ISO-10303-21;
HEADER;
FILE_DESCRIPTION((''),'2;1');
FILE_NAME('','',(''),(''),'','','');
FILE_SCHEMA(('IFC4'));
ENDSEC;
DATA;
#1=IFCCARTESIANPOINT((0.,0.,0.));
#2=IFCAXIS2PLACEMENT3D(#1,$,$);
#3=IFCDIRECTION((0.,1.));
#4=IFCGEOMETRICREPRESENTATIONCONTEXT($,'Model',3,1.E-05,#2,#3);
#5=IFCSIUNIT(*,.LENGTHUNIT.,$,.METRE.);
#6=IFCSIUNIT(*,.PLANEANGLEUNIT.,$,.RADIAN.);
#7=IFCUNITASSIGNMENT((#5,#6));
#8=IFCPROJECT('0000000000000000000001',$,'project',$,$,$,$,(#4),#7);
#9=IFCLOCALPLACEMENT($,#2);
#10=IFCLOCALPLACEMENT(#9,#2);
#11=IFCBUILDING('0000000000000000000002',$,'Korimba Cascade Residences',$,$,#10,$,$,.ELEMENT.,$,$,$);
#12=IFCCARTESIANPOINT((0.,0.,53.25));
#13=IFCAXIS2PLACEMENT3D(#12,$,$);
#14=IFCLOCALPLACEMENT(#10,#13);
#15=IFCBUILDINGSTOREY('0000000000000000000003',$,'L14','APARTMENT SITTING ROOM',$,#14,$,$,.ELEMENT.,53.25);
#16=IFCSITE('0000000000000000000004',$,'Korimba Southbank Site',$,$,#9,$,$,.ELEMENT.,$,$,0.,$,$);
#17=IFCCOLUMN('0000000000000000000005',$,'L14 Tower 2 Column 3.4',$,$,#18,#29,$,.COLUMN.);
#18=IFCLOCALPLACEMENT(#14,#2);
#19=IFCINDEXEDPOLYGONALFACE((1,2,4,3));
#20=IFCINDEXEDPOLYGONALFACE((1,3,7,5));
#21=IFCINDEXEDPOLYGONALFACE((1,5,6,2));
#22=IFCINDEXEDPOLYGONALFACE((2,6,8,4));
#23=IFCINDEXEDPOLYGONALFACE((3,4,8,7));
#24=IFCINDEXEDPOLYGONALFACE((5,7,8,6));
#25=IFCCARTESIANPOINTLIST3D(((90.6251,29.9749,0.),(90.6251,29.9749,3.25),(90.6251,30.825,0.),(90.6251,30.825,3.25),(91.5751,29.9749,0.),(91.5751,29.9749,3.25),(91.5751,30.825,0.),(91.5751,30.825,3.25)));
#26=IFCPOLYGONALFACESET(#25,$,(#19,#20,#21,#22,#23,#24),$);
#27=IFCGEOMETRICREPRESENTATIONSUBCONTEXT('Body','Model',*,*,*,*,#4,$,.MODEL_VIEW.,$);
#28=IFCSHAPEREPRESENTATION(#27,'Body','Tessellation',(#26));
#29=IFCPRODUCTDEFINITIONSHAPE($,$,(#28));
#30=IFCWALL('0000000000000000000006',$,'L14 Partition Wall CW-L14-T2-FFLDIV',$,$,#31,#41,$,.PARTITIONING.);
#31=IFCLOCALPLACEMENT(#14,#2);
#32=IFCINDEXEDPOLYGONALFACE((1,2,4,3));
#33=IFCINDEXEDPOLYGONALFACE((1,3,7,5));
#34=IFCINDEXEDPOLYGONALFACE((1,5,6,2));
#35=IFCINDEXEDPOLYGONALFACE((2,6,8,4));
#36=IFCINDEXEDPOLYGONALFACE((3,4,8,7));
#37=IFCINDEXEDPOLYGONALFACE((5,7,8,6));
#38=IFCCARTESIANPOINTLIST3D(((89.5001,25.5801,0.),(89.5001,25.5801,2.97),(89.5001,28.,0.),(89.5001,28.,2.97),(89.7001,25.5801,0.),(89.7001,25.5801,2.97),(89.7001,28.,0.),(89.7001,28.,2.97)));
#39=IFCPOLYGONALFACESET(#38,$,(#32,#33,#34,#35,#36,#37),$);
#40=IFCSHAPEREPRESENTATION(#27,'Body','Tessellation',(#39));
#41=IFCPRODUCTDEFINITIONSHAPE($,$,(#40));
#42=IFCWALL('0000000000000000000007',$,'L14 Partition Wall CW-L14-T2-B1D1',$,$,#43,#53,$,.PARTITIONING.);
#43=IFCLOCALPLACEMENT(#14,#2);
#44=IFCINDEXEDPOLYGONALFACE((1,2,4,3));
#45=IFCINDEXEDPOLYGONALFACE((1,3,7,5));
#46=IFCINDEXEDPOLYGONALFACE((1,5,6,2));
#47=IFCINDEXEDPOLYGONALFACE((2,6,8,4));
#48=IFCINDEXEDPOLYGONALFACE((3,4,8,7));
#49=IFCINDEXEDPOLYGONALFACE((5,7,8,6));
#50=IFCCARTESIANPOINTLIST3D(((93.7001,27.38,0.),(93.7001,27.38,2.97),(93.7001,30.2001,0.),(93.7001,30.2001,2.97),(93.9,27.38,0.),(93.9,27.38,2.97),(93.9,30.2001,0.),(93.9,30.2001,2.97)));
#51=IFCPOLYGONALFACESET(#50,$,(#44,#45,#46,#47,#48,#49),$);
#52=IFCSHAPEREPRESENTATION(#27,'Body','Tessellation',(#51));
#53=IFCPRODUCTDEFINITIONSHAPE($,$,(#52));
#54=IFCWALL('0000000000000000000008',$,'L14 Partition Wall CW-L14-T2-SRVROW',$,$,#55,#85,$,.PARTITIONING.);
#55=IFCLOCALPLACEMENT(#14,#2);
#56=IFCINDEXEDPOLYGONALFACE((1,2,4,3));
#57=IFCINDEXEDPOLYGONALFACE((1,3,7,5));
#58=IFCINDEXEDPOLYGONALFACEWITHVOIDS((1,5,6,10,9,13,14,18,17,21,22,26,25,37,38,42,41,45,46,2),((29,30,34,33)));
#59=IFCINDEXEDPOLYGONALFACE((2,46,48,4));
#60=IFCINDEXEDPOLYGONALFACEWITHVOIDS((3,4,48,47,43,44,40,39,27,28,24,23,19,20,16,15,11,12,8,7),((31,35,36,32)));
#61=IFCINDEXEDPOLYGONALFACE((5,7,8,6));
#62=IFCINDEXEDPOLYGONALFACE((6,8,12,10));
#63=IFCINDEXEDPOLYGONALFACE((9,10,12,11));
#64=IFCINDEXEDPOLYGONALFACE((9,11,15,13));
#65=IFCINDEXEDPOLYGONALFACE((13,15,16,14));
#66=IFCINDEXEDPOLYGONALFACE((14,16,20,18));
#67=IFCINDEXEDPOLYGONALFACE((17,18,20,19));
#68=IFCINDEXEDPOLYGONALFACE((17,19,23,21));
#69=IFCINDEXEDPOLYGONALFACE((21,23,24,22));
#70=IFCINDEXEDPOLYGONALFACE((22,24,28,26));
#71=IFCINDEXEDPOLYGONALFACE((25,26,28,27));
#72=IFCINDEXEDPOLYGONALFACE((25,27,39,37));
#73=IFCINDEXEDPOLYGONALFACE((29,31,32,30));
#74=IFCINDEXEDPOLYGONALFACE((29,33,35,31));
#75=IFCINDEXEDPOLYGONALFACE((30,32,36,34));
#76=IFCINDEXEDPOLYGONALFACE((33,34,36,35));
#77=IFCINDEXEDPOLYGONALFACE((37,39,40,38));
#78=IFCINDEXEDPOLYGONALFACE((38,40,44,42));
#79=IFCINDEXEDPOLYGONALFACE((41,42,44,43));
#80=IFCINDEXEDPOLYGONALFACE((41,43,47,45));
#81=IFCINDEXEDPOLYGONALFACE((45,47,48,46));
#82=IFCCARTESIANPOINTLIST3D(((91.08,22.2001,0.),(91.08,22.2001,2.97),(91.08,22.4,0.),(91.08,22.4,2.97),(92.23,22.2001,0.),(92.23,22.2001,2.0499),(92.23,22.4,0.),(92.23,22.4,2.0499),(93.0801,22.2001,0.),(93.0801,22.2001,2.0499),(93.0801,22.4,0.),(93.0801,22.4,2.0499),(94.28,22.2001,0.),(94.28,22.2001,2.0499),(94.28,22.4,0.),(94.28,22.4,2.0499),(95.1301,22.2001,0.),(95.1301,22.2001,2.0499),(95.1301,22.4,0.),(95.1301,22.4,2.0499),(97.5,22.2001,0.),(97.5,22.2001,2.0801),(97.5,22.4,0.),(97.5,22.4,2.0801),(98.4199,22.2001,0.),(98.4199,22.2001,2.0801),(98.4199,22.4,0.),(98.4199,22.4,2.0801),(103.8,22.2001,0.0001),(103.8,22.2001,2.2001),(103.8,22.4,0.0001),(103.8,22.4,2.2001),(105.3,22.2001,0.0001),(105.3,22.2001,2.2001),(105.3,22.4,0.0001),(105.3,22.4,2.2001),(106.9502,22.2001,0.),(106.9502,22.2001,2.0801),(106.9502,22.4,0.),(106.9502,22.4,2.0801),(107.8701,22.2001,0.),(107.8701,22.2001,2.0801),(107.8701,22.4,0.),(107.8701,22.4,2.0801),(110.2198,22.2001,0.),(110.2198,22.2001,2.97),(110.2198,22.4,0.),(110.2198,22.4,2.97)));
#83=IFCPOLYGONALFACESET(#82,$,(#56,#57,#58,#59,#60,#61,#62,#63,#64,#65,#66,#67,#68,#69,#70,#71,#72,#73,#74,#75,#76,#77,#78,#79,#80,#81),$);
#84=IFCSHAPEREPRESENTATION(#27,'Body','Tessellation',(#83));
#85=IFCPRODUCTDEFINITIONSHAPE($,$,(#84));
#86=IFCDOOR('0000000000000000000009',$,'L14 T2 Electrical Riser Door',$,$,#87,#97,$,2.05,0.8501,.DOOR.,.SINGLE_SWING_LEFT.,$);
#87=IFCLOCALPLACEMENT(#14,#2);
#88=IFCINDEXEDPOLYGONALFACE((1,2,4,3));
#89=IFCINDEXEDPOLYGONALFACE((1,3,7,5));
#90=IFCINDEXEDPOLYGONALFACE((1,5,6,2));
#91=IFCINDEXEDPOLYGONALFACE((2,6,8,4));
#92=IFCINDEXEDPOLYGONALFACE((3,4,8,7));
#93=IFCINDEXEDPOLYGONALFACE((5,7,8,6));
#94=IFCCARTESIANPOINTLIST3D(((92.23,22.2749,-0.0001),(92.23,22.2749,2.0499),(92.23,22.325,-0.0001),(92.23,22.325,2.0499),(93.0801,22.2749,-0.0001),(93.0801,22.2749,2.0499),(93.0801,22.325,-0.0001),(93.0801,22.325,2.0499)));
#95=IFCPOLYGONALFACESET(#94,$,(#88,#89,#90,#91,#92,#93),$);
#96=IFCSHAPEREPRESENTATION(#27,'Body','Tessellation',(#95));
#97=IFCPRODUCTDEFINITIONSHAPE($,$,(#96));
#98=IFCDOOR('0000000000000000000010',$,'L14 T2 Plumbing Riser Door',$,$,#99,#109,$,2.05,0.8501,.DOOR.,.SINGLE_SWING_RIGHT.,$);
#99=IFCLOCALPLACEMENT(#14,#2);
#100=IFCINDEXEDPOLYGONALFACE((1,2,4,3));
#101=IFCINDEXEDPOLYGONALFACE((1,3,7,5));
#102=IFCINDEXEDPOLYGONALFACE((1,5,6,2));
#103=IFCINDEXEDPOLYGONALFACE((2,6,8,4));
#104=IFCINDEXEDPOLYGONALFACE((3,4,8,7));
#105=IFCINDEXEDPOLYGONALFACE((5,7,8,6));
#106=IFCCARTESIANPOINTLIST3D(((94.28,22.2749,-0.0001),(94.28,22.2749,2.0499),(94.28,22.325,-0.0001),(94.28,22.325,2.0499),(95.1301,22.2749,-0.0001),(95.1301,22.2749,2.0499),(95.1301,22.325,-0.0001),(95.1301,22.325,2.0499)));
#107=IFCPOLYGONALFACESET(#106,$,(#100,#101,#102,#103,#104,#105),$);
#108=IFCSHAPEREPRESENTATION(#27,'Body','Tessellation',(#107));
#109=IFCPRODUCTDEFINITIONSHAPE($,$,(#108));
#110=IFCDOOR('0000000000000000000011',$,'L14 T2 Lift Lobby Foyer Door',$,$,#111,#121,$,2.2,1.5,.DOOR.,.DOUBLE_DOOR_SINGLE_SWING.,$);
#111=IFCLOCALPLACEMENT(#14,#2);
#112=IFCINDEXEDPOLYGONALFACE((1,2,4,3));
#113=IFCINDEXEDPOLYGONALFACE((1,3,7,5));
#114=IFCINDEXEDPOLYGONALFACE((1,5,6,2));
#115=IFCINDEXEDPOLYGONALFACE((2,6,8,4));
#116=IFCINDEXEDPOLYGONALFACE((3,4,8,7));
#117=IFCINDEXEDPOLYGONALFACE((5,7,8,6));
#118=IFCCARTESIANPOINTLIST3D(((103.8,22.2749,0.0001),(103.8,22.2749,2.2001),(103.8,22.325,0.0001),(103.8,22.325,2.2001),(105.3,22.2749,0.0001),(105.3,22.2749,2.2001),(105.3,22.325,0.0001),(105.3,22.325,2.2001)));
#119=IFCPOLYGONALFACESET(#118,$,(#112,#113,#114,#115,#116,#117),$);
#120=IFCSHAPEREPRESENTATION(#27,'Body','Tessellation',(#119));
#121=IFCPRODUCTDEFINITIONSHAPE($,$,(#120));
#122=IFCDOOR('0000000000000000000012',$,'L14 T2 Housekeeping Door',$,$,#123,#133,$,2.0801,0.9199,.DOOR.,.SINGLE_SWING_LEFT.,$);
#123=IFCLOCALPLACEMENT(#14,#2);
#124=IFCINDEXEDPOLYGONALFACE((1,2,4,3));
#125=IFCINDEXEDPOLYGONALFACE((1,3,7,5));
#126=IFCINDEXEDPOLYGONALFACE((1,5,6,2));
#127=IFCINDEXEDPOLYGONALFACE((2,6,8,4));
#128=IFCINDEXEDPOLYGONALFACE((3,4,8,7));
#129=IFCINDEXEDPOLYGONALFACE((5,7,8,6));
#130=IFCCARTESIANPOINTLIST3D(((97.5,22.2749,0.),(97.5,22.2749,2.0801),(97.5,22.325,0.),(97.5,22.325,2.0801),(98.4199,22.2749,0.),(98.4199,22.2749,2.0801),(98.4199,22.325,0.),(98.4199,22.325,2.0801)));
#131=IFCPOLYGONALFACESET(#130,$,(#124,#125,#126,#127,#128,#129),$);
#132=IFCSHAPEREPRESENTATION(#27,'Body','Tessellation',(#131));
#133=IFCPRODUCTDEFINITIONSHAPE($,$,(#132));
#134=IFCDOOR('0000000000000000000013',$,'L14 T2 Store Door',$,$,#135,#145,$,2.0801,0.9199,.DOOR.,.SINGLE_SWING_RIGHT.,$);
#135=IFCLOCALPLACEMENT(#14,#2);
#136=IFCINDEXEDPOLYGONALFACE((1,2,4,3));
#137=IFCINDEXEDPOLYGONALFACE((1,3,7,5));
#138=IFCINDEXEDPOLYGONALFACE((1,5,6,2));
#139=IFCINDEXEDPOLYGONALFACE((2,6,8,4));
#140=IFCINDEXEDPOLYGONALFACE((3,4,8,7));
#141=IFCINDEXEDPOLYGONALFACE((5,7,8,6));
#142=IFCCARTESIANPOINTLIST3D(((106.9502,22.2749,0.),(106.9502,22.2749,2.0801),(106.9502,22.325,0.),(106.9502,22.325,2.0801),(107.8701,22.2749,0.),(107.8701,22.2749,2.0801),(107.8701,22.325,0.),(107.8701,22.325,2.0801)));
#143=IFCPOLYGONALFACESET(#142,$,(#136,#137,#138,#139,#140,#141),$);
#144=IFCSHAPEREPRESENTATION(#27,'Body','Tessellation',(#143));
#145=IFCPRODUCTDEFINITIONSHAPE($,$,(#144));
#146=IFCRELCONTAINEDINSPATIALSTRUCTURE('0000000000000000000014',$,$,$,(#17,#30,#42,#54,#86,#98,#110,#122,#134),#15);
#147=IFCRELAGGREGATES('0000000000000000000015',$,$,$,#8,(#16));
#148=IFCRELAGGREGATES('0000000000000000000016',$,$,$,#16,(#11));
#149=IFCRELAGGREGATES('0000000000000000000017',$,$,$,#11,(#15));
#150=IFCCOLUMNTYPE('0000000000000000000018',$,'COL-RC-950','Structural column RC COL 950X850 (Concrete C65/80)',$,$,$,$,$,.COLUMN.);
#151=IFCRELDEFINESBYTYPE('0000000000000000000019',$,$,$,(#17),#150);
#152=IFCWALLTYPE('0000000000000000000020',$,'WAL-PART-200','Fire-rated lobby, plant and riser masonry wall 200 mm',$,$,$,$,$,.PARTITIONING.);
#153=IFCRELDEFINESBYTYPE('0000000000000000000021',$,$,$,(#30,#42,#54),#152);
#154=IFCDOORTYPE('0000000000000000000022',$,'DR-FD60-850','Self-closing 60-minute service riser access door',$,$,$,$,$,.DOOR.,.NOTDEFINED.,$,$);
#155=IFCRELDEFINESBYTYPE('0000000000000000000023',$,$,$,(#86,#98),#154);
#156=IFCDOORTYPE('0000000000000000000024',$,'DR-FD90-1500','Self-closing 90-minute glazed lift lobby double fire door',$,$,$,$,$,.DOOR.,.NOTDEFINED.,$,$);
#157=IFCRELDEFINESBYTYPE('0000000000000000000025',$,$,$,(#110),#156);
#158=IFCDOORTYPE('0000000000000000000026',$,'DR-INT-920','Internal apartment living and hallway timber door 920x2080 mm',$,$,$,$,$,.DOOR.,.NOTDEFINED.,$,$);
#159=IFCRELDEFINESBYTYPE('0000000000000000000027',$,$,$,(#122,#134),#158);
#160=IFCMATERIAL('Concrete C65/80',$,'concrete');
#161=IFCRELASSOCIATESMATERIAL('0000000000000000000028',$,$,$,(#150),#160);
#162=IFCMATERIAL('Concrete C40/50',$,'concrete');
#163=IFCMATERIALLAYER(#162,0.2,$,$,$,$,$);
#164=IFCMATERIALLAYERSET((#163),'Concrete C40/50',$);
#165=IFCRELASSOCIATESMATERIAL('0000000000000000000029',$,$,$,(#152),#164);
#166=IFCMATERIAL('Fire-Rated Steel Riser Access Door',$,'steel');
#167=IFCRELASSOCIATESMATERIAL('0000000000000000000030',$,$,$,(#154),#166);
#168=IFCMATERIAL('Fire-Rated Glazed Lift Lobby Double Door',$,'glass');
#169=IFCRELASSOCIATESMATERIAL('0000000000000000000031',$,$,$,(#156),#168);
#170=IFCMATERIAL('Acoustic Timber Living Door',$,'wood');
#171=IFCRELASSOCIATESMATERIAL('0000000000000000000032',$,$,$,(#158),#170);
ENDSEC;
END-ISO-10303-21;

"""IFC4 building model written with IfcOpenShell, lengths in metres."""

from ifc_helpers import new_model, si_unit, direction, frame, frame_2d, origin, origin_2d, place, context, subcontext, project, spatial, rectangle, extrude, material, layer, layer_set, material_profile, profile_set, type_object, element, fill, save


model = new_model("IFC4")

# Units and contexts
model_context = context("Model", 3, precision=1e-05, world=origin(), true_north=direction((0.0, 1.0)))
body_context = subcontext(model_context, "Body", "Model", "MODEL_VIEW")
ifc_project = project(units=[si_unit("LENGTHUNIT", "METRE"), si_unit("PLANEANGLEUNIT", "RADIAN")], contexts=[model_context])

# Site, building, storey
site_placement = place(None, origin())
site = spatial("IfcSite", under=ifc_project, at=site_placement, Name="Korimba Southbank Site", CompositionType="ELEMENT", RefElevation=0.0)
building_placement = place(site_placement, origin())
building = spatial("IfcBuilding", under=site, at=building_placement, Name="Korimba Cascade Residences", CompositionType="ELEMENT")
storey_placement = place(building_placement, frame((0.0, 0.0, 53.25)))
storey = spatial("IfcBuildingStorey", under=building, at=storey_placement, Name="L14", Description="APARTMENT SITTING ROOM", CompositionType="ELEMENT", Elevation=53.25)

# Column
ifc_material_1 = material(Name="Concrete C65/80", Category="concrete")
ifc_material_profile = material_profile(ifc_material_1, rectangle(XDim=0.95, YDim=0.8501, at=origin_2d()), Name="Concrete C65/80")
ifc_profile_set = profile_set([ifc_material_profile], Name="Concrete C65/80")
column_type = type_object("IfcColumnType", Name="COL-RC-950", Description="Structural column RC COL 950X850 (Concrete C65/80)", PredefinedType="COLUMN", material=ifc_profile_set)
column_placement = place(storey_placement, frame((91.1001, 30.3999, 0.0), z_axis=(0.0, 0.0, 1.0), x_axis=(1.0, 0.0, 0.0)))
element("IfcColumn", 1, at=column_placement, inside=storey, type_object=column_type, Name="L14 Tower 2 Column 3.4", PredefinedType="COLUMN", context=body_context, shape_type="SweptSolid", body=[
    extrude(rectangle(XDim=0.95, YDim=0.8501, at=origin_2d()), origin(), (0.0, 0.0, 1.0), 3.25),
])

# Walls
ifc_material_2 = material(Name="Concrete C40/50", Category="concrete")
ifc_layer_1 = layer(ifc_material_2, 0.2)
ifc_layer_set_1 = layer_set([ifc_layer_1], Name="Concrete C40/50")
wall_type_1 = type_object("IfcWallType", Name="WAL-PART-200", Description="Fire-rated lobby, plant and riser masonry wall 200 mm", PredefinedType="PARTITIONING", material=ifc_layer_set_1)
wall_1_placement = place(storey_placement, frame((89.6001, 25.5801, 0.0), z_axis=(0.0, 0.0, 1.0), x_axis=(0.0, 1.0, 0.0)))
element("IfcWall", 2, at=wall_1_placement, inside=storey, type_object=wall_type_1, Name="L14 Partition Wall CW-L14-T2-FFLDIV", PredefinedType="PARTITIONING", context=body_context, shape_type="SweptSolid", body=[
    extrude(rectangle(XDim=2.4199, YDim=0.2, at=frame_2d((1.21, 0.0))), origin(), (0.0, 0.0, 1.0), 2.97),
])
wall_2_placement = place(storey_placement, frame((93.8, 27.3799, 0.0), z_axis=(0.0, 0.0, 1.0), x_axis=(0.0, 1.0, 0.0)))
element("IfcWall", 3, at=wall_2_placement, inside=storey, type_object=wall_type_1, Name="L14 Partition Wall CW-L14-T2-B1D1", PredefinedType="PARTITIONING", context=body_context, shape_type="SweptSolid", body=[
    extrude(rectangle(XDim=2.8201, YDim=0.2, at=frame_2d((1.4102, 0.0))), origin(), (0.0, 0.0, 1.0), 2.97),
])

# Wall, openings, doors
wall_3_placement = place(storey_placement, frame((91.0801, 22.3, 0.0), z_axis=(0.0, 0.0, 1.0), x_axis=(1.0, 0.0, 0.0)))
wall_3 = element("IfcWall", 4, at=wall_3_placement, inside=storey, type_object=wall_type_1, Name="L14 Partition Wall CW-L14-T2-SRVROW", PredefinedType="PARTITIONING", context=body_context, shape_type="SweptSolid", body=[
    extrude(rectangle(XDim=19.1399, YDim=0.2, at=frame_2d((9.5698, 0.0))), origin(), (0.0, 0.0, 1.0), 2.97),
])
opening_1_placement = place(wall_3_placement, frame((1.1499, 0.0, 0.0)))
opening_1 = element("IfcOpeningElement", 5, at=opening_1_placement, cuts=wall_3, PredefinedType="OPENING", context=body_context, shape_type="SweptSolid", body=[
    extrude(rectangle(XDim=0.8501, YDim=2.05, at=frame_2d((0.425, 1.0249))), frame((0.0, 0.1099, 0.0), z_axis=(0.0, -1.0, 0.0), x_axis=(1.0, 0.0, 0.0)), (0.0, 0.0, 1.0), 0.22),
])
opening_2_placement = place(wall_3_placement, frame((3.2, 0.0, 0.0)))
opening_2 = element("IfcOpeningElement", 6, at=opening_2_placement, cuts=wall_3, PredefinedType="OPENING", context=body_context, shape_type="SweptSolid", body=[
    extrude(rectangle(XDim=0.8501, YDim=2.05, at=frame_2d((0.425, 1.0249))), frame((0.0, 0.1099, 0.0), z_axis=(0.0, -1.0, 0.0), x_axis=(1.0, 0.0, 0.0)), (0.0, 0.0, 1.0), 0.22),
])
opening_3_placement = place(wall_3_placement, frame((12.72, 0.0, 0.0)))
opening_3 = element("IfcOpeningElement", 7, at=opening_3_placement, cuts=wall_3, PredefinedType="OPENING", context=body_context, shape_type="SweptSolid", body=[
    extrude(rectangle(XDim=1.5, YDim=2.2, at=frame_2d((0.75, 1.1001))), frame((0.0, 0.1099, 0.0), z_axis=(0.0, -1.0, 0.0), x_axis=(1.0, 0.0, 0.0)), (0.0, 0.0, 1.0), 0.22),
])
opening_4_placement = place(wall_3_placement, frame((6.4199, 0.0, 0.0)))
opening_4 = element("IfcOpeningElement", 8, at=opening_4_placement, cuts=wall_3, PredefinedType="OPENING", context=body_context, shape_type="SweptSolid", body=[
    extrude(rectangle(XDim=0.9199, YDim=2.0801, at=frame_2d((0.46, 1.04))), frame((0.0, 0.1099, 0.0), z_axis=(0.0, -1.0, 0.0), x_axis=(1.0, 0.0, 0.0)), (0.0, 0.0, 1.0), 0.22),
])
opening_5_placement = place(wall_3_placement, frame((15.8701, 0.0, 0.0)))
opening_5 = element("IfcOpeningElement", 9, at=opening_5_placement, cuts=wall_3, PredefinedType="OPENING", context=body_context, shape_type="SweptSolid", body=[
    extrude(rectangle(XDim=0.9199, YDim=2.0801, at=frame_2d((0.46, 1.04))), frame((0.0, 0.1099, 0.0), z_axis=(0.0, -1.0, 0.0), x_axis=(1.0, 0.0, 0.0)), (0.0, 0.0, 1.0), 0.22),
])
ifc_material_3 = material(Name="Fire-Rated Steel Riser Access Door", Category="steel")
door_type_1 = type_object("IfcDoorType", Name="DR-FD60-850", Description="Self-closing 60-minute service riser access door", OperationType="NOTDEFINED", PredefinedType="DOOR", material=ifc_material_3)
door_1_placement = place(opening_1_placement, origin())
door_1 = element("IfcDoor", 10, at=door_1_placement, inside=storey, type_object=door_type_1, Name="L14 T2 Electrical Riser Door", OperationType="SINGLE_SWING_LEFT", OverallHeight=2.05, OverallWidth=0.8501, PredefinedType="DOOR", context=body_context, shape_type="SweptSolid", body=[
    extrude(rectangle(XDim=0.8501, YDim=2.05, at=frame_2d((0.425, 1.0249))), frame((0.0, 0.0249, 0.0), z_axis=(0.0, -1.0, 0.0), x_axis=(1.0, 0.0, 0.0)), (0.0, 0.0, 1.0), 0.05),
])
fill(opening_1, door_1)
door_2_placement = place(opening_2_placement, origin())
door_2 = element("IfcDoor", 11, at=door_2_placement, inside=storey, type_object=door_type_1, Name="L14 T2 Plumbing Riser Door", OperationType="SINGLE_SWING_RIGHT", OverallHeight=2.05, OverallWidth=0.8501, PredefinedType="DOOR", context=body_context, shape_type="SweptSolid", body=[
    extrude(rectangle(XDim=0.8501, YDim=2.05, at=frame_2d((0.425, 1.0249))), frame((0.0, 0.0249, 0.0), z_axis=(0.0, -1.0, 0.0), x_axis=(1.0, 0.0, 0.0)), (0.0, 0.0, 1.0), 0.05),
])
fill(opening_2, door_2)
ifc_material_4 = material(Name="Fire-Rated Glazed Lift Lobby Double Door", Category="glass")
door_type_2 = type_object("IfcDoorType", Name="DR-FD90-1500", Description="Self-closing 90-minute glazed lift lobby double fire door", OperationType="NOTDEFINED", PredefinedType="DOOR", material=ifc_material_4)
door_3_placement = place(opening_3_placement, origin())
door_3 = element("IfcDoor", 12, at=door_3_placement, inside=storey, type_object=door_type_2, Name="L14 T2 Lift Lobby Foyer Door", OperationType="DOUBLE_DOOR_SINGLE_SWING", OverallHeight=2.2, OverallWidth=1.5, PredefinedType="DOOR", context=body_context, shape_type="SweptSolid", body=[
    extrude(rectangle(XDim=1.5, YDim=2.2, at=frame_2d((0.75, 1.1001))), frame((0.0, 0.0249, 0.0), z_axis=(0.0, -1.0, 0.0), x_axis=(1.0, 0.0, 0.0)), (0.0, 0.0, 1.0), 0.05),
])
fill(opening_3, door_3)
ifc_material_5 = material(Name="Acoustic Timber Living Door", Category="wood")
door_type_3 = type_object("IfcDoorType", Name="DR-INT-920", Description="Internal apartment living and hallway timber door 920x2080 mm", OperationType="NOTDEFINED", PredefinedType="DOOR", material=ifc_material_5)
door_4_placement = place(opening_4_placement, origin())
door_4 = element("IfcDoor", 13, at=door_4_placement, inside=storey, type_object=door_type_3, Name="L14 T2 Housekeeping Door", OperationType="SINGLE_SWING_LEFT", OverallHeight=2.0801, OverallWidth=0.9199, PredefinedType="DOOR", context=body_context, shape_type="SweptSolid", body=[
    extrude(rectangle(XDim=0.9199, YDim=2.0801, at=frame_2d((0.46, 1.04))), frame((0.0, 0.0249, 0.0), z_axis=(0.0, -1.0, 0.0), x_axis=(1.0, 0.0, 0.0)), (0.0, 0.0, 1.0), 0.05),
])
fill(opening_4, door_4)
door_5_placement = place(opening_5_placement, origin())
door_5 = element("IfcDoor", 14, at=door_5_placement, inside=storey, type_object=door_type_3, Name="L14 T2 Store Door", OperationType="SINGLE_SWING_RIGHT", OverallHeight=2.0801, OverallWidth=0.9199, PredefinedType="DOOR", context=body_context, shape_type="SweptSolid", body=[
    extrude(rectangle(XDim=0.9199, YDim=2.0801, at=frame_2d((0.46, 1.04))), frame((0.0, 0.0249, 0.0), z_axis=(0.0, -1.0, 0.0), x_axis=(1.0, 0.0, 0.0)), (0.0, 0.0, 1.0), 0.05),
])
fill(opening_5, door_5)

save(model, "model.ifc")
